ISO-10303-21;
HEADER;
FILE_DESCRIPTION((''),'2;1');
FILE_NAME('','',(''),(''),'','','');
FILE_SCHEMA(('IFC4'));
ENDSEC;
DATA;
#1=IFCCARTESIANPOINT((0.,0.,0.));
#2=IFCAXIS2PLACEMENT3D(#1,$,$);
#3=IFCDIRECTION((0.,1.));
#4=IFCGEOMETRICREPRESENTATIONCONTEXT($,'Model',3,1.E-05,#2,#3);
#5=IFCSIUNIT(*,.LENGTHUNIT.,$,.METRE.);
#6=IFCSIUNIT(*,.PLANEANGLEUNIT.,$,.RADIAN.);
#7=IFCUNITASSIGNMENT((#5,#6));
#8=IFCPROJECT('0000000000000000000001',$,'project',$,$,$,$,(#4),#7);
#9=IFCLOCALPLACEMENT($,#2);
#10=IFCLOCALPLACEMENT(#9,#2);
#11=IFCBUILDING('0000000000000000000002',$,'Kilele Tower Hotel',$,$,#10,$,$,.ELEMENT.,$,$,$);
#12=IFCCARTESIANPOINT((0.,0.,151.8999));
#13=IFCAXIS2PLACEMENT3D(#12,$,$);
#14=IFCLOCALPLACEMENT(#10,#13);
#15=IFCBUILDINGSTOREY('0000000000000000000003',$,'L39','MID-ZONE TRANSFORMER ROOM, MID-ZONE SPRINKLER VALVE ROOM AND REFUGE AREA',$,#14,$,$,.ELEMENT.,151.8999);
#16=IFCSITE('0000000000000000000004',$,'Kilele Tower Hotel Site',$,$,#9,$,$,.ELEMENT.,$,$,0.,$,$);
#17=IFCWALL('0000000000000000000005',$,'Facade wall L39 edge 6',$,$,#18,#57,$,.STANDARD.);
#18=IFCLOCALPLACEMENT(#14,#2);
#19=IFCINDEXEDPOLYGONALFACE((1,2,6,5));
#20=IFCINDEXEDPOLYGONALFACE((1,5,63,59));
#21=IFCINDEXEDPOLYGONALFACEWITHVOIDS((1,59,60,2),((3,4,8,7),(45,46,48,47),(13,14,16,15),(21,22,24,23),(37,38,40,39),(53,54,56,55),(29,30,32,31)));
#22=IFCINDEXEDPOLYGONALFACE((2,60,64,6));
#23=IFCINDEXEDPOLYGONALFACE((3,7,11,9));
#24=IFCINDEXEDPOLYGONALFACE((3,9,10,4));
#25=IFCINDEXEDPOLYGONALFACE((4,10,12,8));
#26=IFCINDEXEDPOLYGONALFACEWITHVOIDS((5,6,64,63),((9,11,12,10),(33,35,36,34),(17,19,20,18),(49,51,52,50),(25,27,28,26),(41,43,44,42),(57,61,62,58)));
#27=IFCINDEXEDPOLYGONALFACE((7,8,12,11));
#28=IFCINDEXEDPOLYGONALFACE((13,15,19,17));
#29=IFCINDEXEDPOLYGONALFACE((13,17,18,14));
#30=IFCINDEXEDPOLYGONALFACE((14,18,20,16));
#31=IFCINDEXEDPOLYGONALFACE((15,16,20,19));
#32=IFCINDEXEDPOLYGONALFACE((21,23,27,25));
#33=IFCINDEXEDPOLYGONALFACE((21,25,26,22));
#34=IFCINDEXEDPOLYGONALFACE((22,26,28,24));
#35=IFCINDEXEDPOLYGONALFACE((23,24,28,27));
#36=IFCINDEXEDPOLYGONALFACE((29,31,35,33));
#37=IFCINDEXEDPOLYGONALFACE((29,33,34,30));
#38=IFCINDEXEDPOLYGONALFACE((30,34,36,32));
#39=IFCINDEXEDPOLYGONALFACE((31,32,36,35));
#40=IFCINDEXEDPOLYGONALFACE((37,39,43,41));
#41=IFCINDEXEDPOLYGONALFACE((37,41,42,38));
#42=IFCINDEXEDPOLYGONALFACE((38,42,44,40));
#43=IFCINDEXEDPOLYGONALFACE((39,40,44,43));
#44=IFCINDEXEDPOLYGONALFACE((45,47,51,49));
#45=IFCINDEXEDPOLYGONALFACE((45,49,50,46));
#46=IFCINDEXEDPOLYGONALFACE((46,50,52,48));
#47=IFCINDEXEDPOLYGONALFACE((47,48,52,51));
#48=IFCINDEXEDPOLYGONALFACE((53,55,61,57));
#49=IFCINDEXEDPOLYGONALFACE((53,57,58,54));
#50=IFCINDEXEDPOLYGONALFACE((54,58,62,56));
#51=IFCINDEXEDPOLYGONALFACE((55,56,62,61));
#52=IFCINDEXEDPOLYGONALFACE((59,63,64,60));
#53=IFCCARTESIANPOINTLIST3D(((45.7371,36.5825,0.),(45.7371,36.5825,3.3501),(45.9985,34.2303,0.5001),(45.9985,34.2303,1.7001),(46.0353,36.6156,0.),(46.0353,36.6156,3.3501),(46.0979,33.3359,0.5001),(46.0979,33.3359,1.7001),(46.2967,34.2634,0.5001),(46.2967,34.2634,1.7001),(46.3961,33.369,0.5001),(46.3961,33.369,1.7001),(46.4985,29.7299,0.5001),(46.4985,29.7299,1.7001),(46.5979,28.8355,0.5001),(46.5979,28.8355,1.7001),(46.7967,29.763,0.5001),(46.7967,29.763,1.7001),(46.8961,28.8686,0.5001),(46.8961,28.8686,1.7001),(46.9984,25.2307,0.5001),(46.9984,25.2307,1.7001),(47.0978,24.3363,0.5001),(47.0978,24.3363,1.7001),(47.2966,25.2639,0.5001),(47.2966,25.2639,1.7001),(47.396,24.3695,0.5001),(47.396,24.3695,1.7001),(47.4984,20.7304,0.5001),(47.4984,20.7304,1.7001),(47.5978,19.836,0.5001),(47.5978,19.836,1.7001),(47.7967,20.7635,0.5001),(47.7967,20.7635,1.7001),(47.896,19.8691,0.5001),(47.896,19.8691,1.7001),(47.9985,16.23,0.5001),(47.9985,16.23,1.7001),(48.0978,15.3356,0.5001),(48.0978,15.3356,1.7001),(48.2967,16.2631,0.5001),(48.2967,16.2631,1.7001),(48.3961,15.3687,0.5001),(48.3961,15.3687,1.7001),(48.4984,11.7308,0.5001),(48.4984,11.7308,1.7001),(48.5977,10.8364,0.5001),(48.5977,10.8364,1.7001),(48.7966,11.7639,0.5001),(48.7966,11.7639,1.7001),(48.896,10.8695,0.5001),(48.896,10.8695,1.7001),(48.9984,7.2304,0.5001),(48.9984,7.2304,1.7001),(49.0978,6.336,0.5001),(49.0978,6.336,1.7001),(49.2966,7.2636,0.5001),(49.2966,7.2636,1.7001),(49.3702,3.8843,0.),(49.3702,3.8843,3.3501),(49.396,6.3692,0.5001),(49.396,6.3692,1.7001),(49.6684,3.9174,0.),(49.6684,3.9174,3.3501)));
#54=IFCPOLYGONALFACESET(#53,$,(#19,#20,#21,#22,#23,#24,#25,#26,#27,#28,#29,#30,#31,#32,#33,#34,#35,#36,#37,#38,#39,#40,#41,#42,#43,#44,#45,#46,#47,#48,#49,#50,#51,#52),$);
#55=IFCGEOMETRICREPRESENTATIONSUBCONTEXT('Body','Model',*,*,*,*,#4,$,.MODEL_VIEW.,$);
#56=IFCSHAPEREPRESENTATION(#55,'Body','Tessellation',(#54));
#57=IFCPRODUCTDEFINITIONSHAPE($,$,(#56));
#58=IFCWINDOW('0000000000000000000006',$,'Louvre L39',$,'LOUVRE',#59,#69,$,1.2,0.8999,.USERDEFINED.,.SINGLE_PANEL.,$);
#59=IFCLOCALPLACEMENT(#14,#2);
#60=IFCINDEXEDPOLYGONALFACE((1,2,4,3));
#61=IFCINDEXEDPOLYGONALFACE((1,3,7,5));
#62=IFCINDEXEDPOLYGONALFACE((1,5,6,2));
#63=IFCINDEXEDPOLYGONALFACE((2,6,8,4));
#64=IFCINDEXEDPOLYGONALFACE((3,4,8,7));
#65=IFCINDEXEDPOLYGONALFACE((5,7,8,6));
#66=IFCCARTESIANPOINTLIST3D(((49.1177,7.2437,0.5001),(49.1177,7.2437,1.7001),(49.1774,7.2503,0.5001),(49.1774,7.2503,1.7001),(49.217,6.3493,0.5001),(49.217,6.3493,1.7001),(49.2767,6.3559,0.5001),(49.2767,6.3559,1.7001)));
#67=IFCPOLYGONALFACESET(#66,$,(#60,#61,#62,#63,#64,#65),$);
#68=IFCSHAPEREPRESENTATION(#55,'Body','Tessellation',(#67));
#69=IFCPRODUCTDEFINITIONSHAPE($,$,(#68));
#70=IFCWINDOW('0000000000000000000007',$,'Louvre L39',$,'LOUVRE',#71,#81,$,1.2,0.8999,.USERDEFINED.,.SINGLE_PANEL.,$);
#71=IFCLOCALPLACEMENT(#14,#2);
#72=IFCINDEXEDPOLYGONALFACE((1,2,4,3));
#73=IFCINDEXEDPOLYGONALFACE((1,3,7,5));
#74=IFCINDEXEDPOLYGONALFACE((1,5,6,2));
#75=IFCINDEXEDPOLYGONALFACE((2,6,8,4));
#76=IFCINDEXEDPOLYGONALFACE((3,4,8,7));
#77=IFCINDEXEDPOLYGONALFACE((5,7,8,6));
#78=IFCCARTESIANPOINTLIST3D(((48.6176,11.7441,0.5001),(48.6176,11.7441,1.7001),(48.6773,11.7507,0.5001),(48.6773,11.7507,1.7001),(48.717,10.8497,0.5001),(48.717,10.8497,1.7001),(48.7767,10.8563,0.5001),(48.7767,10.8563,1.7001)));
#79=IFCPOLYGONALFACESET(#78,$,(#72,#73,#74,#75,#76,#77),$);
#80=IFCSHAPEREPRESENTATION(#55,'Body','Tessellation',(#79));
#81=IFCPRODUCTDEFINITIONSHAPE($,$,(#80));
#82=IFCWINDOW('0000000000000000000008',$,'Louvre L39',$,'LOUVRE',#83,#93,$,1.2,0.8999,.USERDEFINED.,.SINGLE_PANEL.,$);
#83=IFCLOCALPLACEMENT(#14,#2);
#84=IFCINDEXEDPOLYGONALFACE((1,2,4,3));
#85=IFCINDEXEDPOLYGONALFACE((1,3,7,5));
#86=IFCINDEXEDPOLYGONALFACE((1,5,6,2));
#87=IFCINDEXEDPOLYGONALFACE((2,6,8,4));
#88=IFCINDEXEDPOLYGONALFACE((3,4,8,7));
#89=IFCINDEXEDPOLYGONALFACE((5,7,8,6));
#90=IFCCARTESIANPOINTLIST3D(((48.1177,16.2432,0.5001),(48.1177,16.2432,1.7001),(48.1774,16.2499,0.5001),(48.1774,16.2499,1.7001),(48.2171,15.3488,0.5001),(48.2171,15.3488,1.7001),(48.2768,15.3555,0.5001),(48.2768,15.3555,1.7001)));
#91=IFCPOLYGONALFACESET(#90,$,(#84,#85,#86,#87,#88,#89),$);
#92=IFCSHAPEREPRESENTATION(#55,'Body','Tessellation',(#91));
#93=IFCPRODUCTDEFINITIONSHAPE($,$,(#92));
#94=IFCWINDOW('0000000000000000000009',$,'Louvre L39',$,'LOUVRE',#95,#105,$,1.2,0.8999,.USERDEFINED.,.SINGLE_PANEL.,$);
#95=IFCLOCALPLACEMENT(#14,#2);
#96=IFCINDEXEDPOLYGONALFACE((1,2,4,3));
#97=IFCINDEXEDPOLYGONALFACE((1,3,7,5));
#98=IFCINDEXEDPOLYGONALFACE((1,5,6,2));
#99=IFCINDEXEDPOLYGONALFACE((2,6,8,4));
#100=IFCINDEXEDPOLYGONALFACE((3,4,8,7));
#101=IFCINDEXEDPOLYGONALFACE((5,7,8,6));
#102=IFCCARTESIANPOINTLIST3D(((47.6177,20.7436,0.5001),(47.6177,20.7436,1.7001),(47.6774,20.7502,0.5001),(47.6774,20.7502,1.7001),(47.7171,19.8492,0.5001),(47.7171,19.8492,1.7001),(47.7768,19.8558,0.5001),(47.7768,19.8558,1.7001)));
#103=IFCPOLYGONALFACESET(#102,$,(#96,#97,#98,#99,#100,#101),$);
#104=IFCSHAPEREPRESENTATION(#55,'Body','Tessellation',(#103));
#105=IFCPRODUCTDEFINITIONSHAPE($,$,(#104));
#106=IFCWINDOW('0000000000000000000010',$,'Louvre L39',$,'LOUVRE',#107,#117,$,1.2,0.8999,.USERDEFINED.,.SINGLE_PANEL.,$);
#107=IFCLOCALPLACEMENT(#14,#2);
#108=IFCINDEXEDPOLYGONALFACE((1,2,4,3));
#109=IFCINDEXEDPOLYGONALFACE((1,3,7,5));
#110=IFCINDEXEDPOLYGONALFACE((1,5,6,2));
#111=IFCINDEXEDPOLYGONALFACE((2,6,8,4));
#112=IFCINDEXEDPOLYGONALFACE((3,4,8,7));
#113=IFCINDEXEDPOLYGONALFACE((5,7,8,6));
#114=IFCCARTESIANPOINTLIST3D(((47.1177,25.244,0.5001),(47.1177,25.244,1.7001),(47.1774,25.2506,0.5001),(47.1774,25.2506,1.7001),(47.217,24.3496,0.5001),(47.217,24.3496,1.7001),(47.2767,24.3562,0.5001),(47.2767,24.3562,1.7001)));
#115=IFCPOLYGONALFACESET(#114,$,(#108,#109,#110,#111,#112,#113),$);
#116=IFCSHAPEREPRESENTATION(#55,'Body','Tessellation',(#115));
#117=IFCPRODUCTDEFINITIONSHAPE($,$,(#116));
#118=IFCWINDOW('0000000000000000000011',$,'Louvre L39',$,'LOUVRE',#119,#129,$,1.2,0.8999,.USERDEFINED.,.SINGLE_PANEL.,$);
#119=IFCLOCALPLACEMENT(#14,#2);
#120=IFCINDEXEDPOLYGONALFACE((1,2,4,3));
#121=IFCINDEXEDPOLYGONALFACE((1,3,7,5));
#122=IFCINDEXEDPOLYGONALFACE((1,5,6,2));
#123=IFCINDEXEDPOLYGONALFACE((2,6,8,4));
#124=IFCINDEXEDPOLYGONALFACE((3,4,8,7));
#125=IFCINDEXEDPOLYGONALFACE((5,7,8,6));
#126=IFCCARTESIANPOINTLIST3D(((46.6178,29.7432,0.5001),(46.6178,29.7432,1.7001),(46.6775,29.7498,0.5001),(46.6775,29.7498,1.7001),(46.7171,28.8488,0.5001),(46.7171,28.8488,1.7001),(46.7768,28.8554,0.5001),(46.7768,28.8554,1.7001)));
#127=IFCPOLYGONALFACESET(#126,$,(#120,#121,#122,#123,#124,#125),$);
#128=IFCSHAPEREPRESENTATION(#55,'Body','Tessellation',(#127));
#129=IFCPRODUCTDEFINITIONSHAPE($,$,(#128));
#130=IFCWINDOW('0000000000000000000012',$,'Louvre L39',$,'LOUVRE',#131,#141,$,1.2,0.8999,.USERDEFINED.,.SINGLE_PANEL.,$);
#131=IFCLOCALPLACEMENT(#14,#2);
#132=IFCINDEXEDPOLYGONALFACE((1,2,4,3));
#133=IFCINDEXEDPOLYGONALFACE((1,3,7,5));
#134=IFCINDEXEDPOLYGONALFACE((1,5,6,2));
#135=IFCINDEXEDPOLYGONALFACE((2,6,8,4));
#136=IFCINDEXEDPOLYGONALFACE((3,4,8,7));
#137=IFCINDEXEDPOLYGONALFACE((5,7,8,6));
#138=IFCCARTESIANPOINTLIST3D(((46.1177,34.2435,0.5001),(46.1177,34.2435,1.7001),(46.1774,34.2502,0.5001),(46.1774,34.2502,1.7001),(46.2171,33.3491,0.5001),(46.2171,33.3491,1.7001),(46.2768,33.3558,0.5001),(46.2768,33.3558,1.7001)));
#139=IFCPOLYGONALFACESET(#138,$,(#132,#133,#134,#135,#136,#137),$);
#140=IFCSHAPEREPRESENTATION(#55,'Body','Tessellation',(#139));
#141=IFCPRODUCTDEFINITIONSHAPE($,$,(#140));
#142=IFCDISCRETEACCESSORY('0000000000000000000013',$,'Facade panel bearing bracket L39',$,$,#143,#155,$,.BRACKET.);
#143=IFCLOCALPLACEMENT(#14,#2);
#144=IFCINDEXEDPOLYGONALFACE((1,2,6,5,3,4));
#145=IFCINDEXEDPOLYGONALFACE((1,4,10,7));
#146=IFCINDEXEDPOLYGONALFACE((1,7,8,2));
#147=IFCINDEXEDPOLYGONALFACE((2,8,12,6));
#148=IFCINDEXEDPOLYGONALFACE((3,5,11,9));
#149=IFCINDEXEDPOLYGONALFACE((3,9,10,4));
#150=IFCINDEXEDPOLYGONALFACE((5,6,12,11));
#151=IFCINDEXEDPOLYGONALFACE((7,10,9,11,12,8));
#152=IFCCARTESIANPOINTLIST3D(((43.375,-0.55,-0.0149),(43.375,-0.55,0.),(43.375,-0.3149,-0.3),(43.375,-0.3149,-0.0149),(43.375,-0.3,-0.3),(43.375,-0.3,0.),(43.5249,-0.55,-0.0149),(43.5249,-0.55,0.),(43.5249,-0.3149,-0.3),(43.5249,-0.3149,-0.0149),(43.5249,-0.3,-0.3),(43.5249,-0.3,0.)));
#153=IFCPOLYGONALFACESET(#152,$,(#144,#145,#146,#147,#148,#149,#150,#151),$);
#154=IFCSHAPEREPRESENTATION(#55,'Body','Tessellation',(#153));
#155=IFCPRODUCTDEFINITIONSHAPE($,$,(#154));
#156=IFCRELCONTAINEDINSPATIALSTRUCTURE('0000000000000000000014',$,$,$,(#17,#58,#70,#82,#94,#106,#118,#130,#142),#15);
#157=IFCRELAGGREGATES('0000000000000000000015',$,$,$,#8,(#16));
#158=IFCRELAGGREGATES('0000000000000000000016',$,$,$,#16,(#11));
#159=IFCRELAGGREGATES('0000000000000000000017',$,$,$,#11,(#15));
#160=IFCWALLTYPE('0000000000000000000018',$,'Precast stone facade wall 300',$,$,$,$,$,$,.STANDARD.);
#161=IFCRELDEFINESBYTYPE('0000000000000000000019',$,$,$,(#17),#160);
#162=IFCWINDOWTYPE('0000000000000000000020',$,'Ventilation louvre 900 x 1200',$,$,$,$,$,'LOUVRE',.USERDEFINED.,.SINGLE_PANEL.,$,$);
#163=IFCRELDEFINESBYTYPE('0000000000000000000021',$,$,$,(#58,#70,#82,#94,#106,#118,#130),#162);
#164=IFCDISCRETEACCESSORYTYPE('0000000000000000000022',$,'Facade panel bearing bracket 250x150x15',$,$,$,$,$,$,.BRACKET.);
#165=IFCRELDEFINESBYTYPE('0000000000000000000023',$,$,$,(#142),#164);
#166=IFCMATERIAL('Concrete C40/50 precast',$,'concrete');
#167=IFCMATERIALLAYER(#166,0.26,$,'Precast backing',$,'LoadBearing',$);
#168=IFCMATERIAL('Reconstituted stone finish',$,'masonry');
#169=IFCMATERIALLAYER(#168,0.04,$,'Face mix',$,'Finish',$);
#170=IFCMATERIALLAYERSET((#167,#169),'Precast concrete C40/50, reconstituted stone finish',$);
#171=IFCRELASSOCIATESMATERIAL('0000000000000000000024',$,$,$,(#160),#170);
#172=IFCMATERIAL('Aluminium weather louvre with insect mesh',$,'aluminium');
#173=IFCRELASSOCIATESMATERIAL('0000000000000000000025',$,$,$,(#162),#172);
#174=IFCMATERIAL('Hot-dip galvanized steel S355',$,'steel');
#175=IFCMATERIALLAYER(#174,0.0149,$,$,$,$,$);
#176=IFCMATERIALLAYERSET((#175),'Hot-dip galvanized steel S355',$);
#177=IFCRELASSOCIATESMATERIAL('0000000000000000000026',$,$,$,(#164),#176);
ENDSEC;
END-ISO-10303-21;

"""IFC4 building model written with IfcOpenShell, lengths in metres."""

from ifc_helpers import new_model, si_unit, direction, frame, frame_2d, origin, place, context, subcontext, project, spatial, polyline, rectangle, outline, extrude, source, transform, mapped, material, layer, layer_set, type_object, element, fill, save


model = new_model("IFC4")

# Units and contexts
model_context = context("Model", 3, precision=1e-05, world=origin(), true_north=direction((0.0, 1.0)))
body_context = subcontext(model_context, "Body", "Model", "MODEL_VIEW")
ifc_project = project(units=[si_unit("LENGTHUNIT", "METRE"), si_unit("PLANEANGLEUNIT", "RADIAN")], contexts=[model_context])

# Site, building, storey
site_placement = place(None, origin())
site = spatial("IfcSite", under=ifc_project, at=site_placement, Name="Kilele Tower Hotel Site", CompositionType="ELEMENT", RefElevation=0.0)
building_placement = place(site_placement, origin())
building = spatial("IfcBuilding", under=site, at=building_placement, Name="Kilele Tower Hotel", CompositionType="ELEMENT")
storey_placement = place(building_placement, frame((0.0, 0.0, 151.8999)))
storey = spatial("IfcBuildingStorey", under=building, at=storey_placement, Name="L39", Description="MID-ZONE TRANSFORMER ROOM, MID-ZONE SPRINKLER VALVE ROOM AND REFUGE AREA", CompositionType="ELEMENT", Elevation=151.8999)

# Shared definitions
ifc_material_1 = material(Name="Concrete C40/50 precast", Category="concrete")
ifc_layer_1 = layer(ifc_material_1, 0.26, Name="Precast backing", Category="LoadBearing")
ifc_material_2 = material(Name="Reconstituted stone finish", Category="masonry")
ifc_layer_2 = layer(ifc_material_2, 0.04, Name="Face mix", Category="Finish")
ifc_layer_set_1 = layer_set([ifc_layer_1, ifc_layer_2], Name="Precast concrete C40/50, reconstituted stone finish")
wall_type = type_object("IfcWallType", Name="Precast stone facade wall 300", PredefinedType="STANDARD", material=ifc_layer_set_1)
ifc_material_3 = material(Name="Aluminium weather louvre with insect mesh", Category="aluminium")
window_type = type_object("IfcWindowType", Name="Ventilation louvre 900 x 1200", ElementType="LOUVRE", PartitioningType="SINGLE_PANEL", PredefinedType="USERDEFINED", material=ifc_material_3)

# Wall, openings, windows
wall_1_placement = place(storey_placement, frame((49.5193, 3.9009, 0.0), z_axis=(0.0, 0.0, 1.0), x_axis=(-0.110429, 0.993884, 0.0)))
wall_1 = element("IfcWall", 1, at=wall_1_placement, inside=storey, type_object=wall_type, Name="Facade wall L39 edge 6", PredefinedType="STANDARD", context=body_context, shape_type="SweptSolid", body=[
    extrude(rectangle(XDim=32.8994, YDim=0.3, at=frame_2d((16.4497, 0.0))), origin(), (0.0, 0.0, 1.0), 3.3501),
])
opening_1_placement = place(wall_1_placement, frame((2.4668, 0.0, 0.5)))
opening_1 = element("IfcOpeningElement", 2, at=opening_1_placement, cuts=wall_1, PredefinedType="OPENING", context=body_context, shape_type="SweptSolid", body=[
    extrude(rectangle(XDim=0.8999, YDim=1.2, at=frame_2d((0.45, 0.6001))), frame((0.0, 0.1599, 0.0), z_axis=(0.0, -1.0, 0.0), x_axis=(1.0, 0.0, 0.0)), (0.0, 0.0, 1.0), 0.3201),
])
opening_2_placement = place(wall_1_placement, frame((6.9949, 0.0, 0.5)))
opening_2 = element("IfcOpeningElement", 3, at=opening_2_placement, cuts=wall_1, PredefinedType="OPENING", context=body_context, shape_type="SweptSolid", body=[
    extrude(rectangle(XDim=0.8999, YDim=1.2, at=frame_2d((0.45, 0.6001))), frame((0.0, 0.1599, 0.0), z_axis=(0.0, -1.0, 0.0), x_axis=(1.0, 0.0, 0.0)), (0.0, 0.0, 1.0), 0.3201),
])
opening_3_placement = place(wall_1_placement, frame((11.5217, 0.0, 0.5)))
opening_3 = element("IfcOpeningElement", 4, at=opening_3_placement, cuts=wall_1, PredefinedType="OPENING", context=body_context, shape_type="SweptSolid", body=[
    extrude(rectangle(XDim=0.8999, YDim=1.2, at=frame_2d((0.45, 0.6001))), frame((0.0, 0.1599, 0.0), z_axis=(0.0, -1.0, 0.0), x_axis=(1.0, 0.0, 0.0)), (0.0, 0.0, 1.0), 0.3201),
])
opening_4_placement = place(wall_1_placement, frame((16.0498, 0.0, 0.5)))
opening_4 = element("IfcOpeningElement", 5, at=opening_4_placement, cuts=wall_1, PredefinedType="OPENING", context=body_context, shape_type="SweptSolid", body=[
    extrude(rectangle(XDim=0.8999, YDim=1.2, at=frame_2d((0.45, 0.6001))), frame((0.0, 0.1599, 0.0), z_axis=(0.0, -1.0, 0.0), x_axis=(1.0, 0.0, 0.0)), (0.0, 0.0, 1.0), 0.3201),
])
opening_5_placement = place(wall_1_placement, frame((20.5779, 0.0, 0.5)))
opening_5 = element("IfcOpeningElement", 6, at=opening_5_placement, cuts=wall_1, PredefinedType="OPENING", context=body_context, shape_type="SweptSolid", body=[
    extrude(rectangle(XDim=0.8999, YDim=1.2, at=frame_2d((0.45, 0.6001))), frame((0.0, 0.1599, 0.0), z_axis=(0.0, -1.0, 0.0), x_axis=(1.0, 0.0, 0.0)), (0.0, 0.0, 1.0), 0.3201),
])
opening_6_placement = place(wall_1_placement, frame((25.1047, 0.0, 0.5)))
opening_6 = element("IfcOpeningElement", 7, at=opening_6_placement, cuts=wall_1, PredefinedType="OPENING", context=body_context, shape_type="SweptSolid", body=[
    extrude(rectangle(XDim=0.8999, YDim=1.2, at=frame_2d((0.45, 0.6001))), frame((0.0, 0.1599, 0.0), z_axis=(0.0, -1.0, 0.0), x_axis=(1.0, 0.0, 0.0)), (0.0, 0.0, 1.0), 0.3201),
])
opening_7_placement = place(wall_1_placement, frame((29.6328, 0.0, 0.5)))
opening_7 = element("IfcOpeningElement", 8, at=opening_7_placement, cuts=wall_1, PredefinedType="OPENING", context=body_context, shape_type="SweptSolid", body=[
    extrude(rectangle(XDim=0.8999, YDim=1.2, at=frame_2d((0.45, 0.6001))), frame((0.0, 0.1599, 0.0), z_axis=(0.0, -1.0, 0.0), x_axis=(1.0, 0.0, 0.0)), (0.0, 0.0, 1.0), 0.3201),
])
window_1_placement = place(opening_1_placement, origin())
window_1 = element("IfcWindow", 9, at=window_1_placement, inside=storey, type_object=window_type, Name="Louvre L39", ObjectType="LOUVRE", OverallHeight=1.2, OverallWidth=0.8999, PartitioningType="SINGLE_PANEL", PredefinedType="USERDEFINED", context=body_context, shape_type="SweptSolid", body=[
    extrude(rectangle(XDim=0.8999, YDim=1.2, at=frame_2d((0.45, 0.6001))), frame((0.0, 0.03, 0.0), z_axis=(0.0, -1.0, 0.0), x_axis=(1.0, 0.0, 0.0)), (0.0, 0.0, 1.0), 0.0601),
])
fill(opening_1, window_1)
window_2_placement = place(opening_2_placement, origin())
window_2 = element("IfcWindow", 10, at=window_2_placement, inside=storey, type_object=window_type, Name="Louvre L39", ObjectType="LOUVRE", OverallHeight=1.2, OverallWidth=0.8999, PartitioningType="SINGLE_PANEL", PredefinedType="USERDEFINED", context=body_context, shape_type="SweptSolid", body=[
    extrude(rectangle(XDim=0.8999, YDim=1.2, at=frame_2d((0.45, 0.6001))), frame((0.0, 0.03, 0.0), z_axis=(0.0, -1.0, 0.0), x_axis=(1.0, 0.0, 0.0)), (0.0, 0.0, 1.0), 0.0601),
])
fill(opening_2, window_2)
window_3_placement = place(opening_3_placement, origin())
window_3 = element("IfcWindow", 11, at=window_3_placement, inside=storey, type_object=window_type, Name="Louvre L39", ObjectType="LOUVRE", OverallHeight=1.2, OverallWidth=0.8999, PartitioningType="SINGLE_PANEL", PredefinedType="USERDEFINED", context=body_context, shape_type="SweptSolid", body=[
    extrude(rectangle(XDim=0.8999, YDim=1.2, at=frame_2d((0.45, 0.6001))), frame((0.0, 0.03, 0.0), z_axis=(0.0, -1.0, 0.0), x_axis=(1.0, 0.0, 0.0)), (0.0, 0.0, 1.0), 0.0601),
])
fill(opening_3, window_3)
window_4_placement = place(opening_4_placement, origin())
window_4 = element("IfcWindow", 12, at=window_4_placement, inside=storey, type_object=window_type, Name="Louvre L39", ObjectType="LOUVRE", OverallHeight=1.2, OverallWidth=0.8999, PartitioningType="SINGLE_PANEL", PredefinedType="USERDEFINED", context=body_context, shape_type="SweptSolid", body=[
    extrude(rectangle(XDim=0.8999, YDim=1.2, at=frame_2d((0.45, 0.6001))), frame((0.0, 0.03, 0.0), z_axis=(0.0, -1.0, 0.0), x_axis=(1.0, 0.0, 0.0)), (0.0, 0.0, 1.0), 0.0601),
])
fill(opening_4, window_4)
window_5_placement = place(opening_5_placement, origin())
window_5 = element("IfcWindow", 13, at=window_5_placement, inside=storey, type_object=window_type, Name="Louvre L39", ObjectType="LOUVRE", OverallHeight=1.2, OverallWidth=0.8999, PartitioningType="SINGLE_PANEL", PredefinedType="USERDEFINED", context=body_context, shape_type="SweptSolid", body=[
    extrude(rectangle(XDim=0.8999, YDim=1.2, at=frame_2d((0.45, 0.6001))), frame((0.0, 0.03, 0.0), z_axis=(0.0, -1.0, 0.0), x_axis=(1.0, 0.0, 0.0)), (0.0, 0.0, 1.0), 0.0601),
])
fill(opening_5, window_5)
window_6_placement = place(opening_6_placement, origin())
window_6 = element("IfcWindow", 14, at=window_6_placement, inside=storey, type_object=window_type, Name="Louvre L39", ObjectType="LOUVRE", OverallHeight=1.2, OverallWidth=0.8999, PartitioningType="SINGLE_PANEL", PredefinedType="USERDEFINED", context=body_context, shape_type="SweptSolid", body=[
    extrude(rectangle(XDim=0.8999, YDim=1.2, at=frame_2d((0.45, 0.6001))), frame((0.0, 0.03, 0.0), z_axis=(0.0, -1.0, 0.0), x_axis=(1.0, 0.0, 0.0)), (0.0, 0.0, 1.0), 0.0601),
])
fill(opening_6, window_6)
window_7_placement = place(opening_7_placement, origin())
window_7 = element("IfcWindow", 15, at=window_7_placement, inside=storey, type_object=window_type, Name="Louvre L39", ObjectType="LOUVRE", OverallHeight=1.2, OverallWidth=0.8999, PartitioningType="SINGLE_PANEL", PredefinedType="USERDEFINED", context=body_context, shape_type="SweptSolid", body=[
    extrude(rectangle(XDim=0.8999, YDim=1.2, at=frame_2d((0.45, 0.6001))), frame((0.0, 0.03, 0.0), z_axis=(0.0, -1.0, 0.0), x_axis=(1.0, 0.0, 0.0)), (0.0, 0.0, 1.0), 0.0601),
])
fill(opening_7, window_7)

# Discrete accessory
ifc_material_4 = material(Name="Hot-dip galvanized steel S355", Category="steel")
ifc_layer_3 = layer(ifc_material_4, 0.0149)
ifc_layer_set_2 = layer_set([ifc_layer_3], Name="Hot-dip galvanized steel S355")
discrete_accessory_type_1 = type_object("IfcDiscreteAccessoryType", Name="Facade panel bearing bracket 250x150x15", PredefinedType="BRACKET", material=ifc_layer_set_2)
shared_shape_1 = source(origin(), body_context, "Body", "SweptSolid", [
    extrude(outline(polyline([(0.0, 0.0), (0.25, 0.0), (0.25, -0.0149), (0.0149, -0.0149), (0.0149, -0.3), (0.0, -0.3), (0.0, 0.0)])), origin(), (0.0, 0.0, 1.0), 0.1499),
])
for number, where, z_axis, x_axis, name in (
    (16, (43.5249, -0.3, 0.0), (-1.0, 0.0, 0.0), (0.0, -1.0, 0.0), "Facade panel bearing bracket L39"),
):
    element("IfcDiscreteAccessory", number, at=place(storey_placement, frame(where, z_axis=z_axis, x_axis=x_axis)), inside=storey, type_object=discrete_accessory_type_1, Name=name, PredefinedType="BRACKET", context=body_context, shape_type="MappedRepresentation", body=[
        mapped(shared_shape_1, transform((0.0, 0.0, 0.0))),
    ])

save(model, "model.ifc")
